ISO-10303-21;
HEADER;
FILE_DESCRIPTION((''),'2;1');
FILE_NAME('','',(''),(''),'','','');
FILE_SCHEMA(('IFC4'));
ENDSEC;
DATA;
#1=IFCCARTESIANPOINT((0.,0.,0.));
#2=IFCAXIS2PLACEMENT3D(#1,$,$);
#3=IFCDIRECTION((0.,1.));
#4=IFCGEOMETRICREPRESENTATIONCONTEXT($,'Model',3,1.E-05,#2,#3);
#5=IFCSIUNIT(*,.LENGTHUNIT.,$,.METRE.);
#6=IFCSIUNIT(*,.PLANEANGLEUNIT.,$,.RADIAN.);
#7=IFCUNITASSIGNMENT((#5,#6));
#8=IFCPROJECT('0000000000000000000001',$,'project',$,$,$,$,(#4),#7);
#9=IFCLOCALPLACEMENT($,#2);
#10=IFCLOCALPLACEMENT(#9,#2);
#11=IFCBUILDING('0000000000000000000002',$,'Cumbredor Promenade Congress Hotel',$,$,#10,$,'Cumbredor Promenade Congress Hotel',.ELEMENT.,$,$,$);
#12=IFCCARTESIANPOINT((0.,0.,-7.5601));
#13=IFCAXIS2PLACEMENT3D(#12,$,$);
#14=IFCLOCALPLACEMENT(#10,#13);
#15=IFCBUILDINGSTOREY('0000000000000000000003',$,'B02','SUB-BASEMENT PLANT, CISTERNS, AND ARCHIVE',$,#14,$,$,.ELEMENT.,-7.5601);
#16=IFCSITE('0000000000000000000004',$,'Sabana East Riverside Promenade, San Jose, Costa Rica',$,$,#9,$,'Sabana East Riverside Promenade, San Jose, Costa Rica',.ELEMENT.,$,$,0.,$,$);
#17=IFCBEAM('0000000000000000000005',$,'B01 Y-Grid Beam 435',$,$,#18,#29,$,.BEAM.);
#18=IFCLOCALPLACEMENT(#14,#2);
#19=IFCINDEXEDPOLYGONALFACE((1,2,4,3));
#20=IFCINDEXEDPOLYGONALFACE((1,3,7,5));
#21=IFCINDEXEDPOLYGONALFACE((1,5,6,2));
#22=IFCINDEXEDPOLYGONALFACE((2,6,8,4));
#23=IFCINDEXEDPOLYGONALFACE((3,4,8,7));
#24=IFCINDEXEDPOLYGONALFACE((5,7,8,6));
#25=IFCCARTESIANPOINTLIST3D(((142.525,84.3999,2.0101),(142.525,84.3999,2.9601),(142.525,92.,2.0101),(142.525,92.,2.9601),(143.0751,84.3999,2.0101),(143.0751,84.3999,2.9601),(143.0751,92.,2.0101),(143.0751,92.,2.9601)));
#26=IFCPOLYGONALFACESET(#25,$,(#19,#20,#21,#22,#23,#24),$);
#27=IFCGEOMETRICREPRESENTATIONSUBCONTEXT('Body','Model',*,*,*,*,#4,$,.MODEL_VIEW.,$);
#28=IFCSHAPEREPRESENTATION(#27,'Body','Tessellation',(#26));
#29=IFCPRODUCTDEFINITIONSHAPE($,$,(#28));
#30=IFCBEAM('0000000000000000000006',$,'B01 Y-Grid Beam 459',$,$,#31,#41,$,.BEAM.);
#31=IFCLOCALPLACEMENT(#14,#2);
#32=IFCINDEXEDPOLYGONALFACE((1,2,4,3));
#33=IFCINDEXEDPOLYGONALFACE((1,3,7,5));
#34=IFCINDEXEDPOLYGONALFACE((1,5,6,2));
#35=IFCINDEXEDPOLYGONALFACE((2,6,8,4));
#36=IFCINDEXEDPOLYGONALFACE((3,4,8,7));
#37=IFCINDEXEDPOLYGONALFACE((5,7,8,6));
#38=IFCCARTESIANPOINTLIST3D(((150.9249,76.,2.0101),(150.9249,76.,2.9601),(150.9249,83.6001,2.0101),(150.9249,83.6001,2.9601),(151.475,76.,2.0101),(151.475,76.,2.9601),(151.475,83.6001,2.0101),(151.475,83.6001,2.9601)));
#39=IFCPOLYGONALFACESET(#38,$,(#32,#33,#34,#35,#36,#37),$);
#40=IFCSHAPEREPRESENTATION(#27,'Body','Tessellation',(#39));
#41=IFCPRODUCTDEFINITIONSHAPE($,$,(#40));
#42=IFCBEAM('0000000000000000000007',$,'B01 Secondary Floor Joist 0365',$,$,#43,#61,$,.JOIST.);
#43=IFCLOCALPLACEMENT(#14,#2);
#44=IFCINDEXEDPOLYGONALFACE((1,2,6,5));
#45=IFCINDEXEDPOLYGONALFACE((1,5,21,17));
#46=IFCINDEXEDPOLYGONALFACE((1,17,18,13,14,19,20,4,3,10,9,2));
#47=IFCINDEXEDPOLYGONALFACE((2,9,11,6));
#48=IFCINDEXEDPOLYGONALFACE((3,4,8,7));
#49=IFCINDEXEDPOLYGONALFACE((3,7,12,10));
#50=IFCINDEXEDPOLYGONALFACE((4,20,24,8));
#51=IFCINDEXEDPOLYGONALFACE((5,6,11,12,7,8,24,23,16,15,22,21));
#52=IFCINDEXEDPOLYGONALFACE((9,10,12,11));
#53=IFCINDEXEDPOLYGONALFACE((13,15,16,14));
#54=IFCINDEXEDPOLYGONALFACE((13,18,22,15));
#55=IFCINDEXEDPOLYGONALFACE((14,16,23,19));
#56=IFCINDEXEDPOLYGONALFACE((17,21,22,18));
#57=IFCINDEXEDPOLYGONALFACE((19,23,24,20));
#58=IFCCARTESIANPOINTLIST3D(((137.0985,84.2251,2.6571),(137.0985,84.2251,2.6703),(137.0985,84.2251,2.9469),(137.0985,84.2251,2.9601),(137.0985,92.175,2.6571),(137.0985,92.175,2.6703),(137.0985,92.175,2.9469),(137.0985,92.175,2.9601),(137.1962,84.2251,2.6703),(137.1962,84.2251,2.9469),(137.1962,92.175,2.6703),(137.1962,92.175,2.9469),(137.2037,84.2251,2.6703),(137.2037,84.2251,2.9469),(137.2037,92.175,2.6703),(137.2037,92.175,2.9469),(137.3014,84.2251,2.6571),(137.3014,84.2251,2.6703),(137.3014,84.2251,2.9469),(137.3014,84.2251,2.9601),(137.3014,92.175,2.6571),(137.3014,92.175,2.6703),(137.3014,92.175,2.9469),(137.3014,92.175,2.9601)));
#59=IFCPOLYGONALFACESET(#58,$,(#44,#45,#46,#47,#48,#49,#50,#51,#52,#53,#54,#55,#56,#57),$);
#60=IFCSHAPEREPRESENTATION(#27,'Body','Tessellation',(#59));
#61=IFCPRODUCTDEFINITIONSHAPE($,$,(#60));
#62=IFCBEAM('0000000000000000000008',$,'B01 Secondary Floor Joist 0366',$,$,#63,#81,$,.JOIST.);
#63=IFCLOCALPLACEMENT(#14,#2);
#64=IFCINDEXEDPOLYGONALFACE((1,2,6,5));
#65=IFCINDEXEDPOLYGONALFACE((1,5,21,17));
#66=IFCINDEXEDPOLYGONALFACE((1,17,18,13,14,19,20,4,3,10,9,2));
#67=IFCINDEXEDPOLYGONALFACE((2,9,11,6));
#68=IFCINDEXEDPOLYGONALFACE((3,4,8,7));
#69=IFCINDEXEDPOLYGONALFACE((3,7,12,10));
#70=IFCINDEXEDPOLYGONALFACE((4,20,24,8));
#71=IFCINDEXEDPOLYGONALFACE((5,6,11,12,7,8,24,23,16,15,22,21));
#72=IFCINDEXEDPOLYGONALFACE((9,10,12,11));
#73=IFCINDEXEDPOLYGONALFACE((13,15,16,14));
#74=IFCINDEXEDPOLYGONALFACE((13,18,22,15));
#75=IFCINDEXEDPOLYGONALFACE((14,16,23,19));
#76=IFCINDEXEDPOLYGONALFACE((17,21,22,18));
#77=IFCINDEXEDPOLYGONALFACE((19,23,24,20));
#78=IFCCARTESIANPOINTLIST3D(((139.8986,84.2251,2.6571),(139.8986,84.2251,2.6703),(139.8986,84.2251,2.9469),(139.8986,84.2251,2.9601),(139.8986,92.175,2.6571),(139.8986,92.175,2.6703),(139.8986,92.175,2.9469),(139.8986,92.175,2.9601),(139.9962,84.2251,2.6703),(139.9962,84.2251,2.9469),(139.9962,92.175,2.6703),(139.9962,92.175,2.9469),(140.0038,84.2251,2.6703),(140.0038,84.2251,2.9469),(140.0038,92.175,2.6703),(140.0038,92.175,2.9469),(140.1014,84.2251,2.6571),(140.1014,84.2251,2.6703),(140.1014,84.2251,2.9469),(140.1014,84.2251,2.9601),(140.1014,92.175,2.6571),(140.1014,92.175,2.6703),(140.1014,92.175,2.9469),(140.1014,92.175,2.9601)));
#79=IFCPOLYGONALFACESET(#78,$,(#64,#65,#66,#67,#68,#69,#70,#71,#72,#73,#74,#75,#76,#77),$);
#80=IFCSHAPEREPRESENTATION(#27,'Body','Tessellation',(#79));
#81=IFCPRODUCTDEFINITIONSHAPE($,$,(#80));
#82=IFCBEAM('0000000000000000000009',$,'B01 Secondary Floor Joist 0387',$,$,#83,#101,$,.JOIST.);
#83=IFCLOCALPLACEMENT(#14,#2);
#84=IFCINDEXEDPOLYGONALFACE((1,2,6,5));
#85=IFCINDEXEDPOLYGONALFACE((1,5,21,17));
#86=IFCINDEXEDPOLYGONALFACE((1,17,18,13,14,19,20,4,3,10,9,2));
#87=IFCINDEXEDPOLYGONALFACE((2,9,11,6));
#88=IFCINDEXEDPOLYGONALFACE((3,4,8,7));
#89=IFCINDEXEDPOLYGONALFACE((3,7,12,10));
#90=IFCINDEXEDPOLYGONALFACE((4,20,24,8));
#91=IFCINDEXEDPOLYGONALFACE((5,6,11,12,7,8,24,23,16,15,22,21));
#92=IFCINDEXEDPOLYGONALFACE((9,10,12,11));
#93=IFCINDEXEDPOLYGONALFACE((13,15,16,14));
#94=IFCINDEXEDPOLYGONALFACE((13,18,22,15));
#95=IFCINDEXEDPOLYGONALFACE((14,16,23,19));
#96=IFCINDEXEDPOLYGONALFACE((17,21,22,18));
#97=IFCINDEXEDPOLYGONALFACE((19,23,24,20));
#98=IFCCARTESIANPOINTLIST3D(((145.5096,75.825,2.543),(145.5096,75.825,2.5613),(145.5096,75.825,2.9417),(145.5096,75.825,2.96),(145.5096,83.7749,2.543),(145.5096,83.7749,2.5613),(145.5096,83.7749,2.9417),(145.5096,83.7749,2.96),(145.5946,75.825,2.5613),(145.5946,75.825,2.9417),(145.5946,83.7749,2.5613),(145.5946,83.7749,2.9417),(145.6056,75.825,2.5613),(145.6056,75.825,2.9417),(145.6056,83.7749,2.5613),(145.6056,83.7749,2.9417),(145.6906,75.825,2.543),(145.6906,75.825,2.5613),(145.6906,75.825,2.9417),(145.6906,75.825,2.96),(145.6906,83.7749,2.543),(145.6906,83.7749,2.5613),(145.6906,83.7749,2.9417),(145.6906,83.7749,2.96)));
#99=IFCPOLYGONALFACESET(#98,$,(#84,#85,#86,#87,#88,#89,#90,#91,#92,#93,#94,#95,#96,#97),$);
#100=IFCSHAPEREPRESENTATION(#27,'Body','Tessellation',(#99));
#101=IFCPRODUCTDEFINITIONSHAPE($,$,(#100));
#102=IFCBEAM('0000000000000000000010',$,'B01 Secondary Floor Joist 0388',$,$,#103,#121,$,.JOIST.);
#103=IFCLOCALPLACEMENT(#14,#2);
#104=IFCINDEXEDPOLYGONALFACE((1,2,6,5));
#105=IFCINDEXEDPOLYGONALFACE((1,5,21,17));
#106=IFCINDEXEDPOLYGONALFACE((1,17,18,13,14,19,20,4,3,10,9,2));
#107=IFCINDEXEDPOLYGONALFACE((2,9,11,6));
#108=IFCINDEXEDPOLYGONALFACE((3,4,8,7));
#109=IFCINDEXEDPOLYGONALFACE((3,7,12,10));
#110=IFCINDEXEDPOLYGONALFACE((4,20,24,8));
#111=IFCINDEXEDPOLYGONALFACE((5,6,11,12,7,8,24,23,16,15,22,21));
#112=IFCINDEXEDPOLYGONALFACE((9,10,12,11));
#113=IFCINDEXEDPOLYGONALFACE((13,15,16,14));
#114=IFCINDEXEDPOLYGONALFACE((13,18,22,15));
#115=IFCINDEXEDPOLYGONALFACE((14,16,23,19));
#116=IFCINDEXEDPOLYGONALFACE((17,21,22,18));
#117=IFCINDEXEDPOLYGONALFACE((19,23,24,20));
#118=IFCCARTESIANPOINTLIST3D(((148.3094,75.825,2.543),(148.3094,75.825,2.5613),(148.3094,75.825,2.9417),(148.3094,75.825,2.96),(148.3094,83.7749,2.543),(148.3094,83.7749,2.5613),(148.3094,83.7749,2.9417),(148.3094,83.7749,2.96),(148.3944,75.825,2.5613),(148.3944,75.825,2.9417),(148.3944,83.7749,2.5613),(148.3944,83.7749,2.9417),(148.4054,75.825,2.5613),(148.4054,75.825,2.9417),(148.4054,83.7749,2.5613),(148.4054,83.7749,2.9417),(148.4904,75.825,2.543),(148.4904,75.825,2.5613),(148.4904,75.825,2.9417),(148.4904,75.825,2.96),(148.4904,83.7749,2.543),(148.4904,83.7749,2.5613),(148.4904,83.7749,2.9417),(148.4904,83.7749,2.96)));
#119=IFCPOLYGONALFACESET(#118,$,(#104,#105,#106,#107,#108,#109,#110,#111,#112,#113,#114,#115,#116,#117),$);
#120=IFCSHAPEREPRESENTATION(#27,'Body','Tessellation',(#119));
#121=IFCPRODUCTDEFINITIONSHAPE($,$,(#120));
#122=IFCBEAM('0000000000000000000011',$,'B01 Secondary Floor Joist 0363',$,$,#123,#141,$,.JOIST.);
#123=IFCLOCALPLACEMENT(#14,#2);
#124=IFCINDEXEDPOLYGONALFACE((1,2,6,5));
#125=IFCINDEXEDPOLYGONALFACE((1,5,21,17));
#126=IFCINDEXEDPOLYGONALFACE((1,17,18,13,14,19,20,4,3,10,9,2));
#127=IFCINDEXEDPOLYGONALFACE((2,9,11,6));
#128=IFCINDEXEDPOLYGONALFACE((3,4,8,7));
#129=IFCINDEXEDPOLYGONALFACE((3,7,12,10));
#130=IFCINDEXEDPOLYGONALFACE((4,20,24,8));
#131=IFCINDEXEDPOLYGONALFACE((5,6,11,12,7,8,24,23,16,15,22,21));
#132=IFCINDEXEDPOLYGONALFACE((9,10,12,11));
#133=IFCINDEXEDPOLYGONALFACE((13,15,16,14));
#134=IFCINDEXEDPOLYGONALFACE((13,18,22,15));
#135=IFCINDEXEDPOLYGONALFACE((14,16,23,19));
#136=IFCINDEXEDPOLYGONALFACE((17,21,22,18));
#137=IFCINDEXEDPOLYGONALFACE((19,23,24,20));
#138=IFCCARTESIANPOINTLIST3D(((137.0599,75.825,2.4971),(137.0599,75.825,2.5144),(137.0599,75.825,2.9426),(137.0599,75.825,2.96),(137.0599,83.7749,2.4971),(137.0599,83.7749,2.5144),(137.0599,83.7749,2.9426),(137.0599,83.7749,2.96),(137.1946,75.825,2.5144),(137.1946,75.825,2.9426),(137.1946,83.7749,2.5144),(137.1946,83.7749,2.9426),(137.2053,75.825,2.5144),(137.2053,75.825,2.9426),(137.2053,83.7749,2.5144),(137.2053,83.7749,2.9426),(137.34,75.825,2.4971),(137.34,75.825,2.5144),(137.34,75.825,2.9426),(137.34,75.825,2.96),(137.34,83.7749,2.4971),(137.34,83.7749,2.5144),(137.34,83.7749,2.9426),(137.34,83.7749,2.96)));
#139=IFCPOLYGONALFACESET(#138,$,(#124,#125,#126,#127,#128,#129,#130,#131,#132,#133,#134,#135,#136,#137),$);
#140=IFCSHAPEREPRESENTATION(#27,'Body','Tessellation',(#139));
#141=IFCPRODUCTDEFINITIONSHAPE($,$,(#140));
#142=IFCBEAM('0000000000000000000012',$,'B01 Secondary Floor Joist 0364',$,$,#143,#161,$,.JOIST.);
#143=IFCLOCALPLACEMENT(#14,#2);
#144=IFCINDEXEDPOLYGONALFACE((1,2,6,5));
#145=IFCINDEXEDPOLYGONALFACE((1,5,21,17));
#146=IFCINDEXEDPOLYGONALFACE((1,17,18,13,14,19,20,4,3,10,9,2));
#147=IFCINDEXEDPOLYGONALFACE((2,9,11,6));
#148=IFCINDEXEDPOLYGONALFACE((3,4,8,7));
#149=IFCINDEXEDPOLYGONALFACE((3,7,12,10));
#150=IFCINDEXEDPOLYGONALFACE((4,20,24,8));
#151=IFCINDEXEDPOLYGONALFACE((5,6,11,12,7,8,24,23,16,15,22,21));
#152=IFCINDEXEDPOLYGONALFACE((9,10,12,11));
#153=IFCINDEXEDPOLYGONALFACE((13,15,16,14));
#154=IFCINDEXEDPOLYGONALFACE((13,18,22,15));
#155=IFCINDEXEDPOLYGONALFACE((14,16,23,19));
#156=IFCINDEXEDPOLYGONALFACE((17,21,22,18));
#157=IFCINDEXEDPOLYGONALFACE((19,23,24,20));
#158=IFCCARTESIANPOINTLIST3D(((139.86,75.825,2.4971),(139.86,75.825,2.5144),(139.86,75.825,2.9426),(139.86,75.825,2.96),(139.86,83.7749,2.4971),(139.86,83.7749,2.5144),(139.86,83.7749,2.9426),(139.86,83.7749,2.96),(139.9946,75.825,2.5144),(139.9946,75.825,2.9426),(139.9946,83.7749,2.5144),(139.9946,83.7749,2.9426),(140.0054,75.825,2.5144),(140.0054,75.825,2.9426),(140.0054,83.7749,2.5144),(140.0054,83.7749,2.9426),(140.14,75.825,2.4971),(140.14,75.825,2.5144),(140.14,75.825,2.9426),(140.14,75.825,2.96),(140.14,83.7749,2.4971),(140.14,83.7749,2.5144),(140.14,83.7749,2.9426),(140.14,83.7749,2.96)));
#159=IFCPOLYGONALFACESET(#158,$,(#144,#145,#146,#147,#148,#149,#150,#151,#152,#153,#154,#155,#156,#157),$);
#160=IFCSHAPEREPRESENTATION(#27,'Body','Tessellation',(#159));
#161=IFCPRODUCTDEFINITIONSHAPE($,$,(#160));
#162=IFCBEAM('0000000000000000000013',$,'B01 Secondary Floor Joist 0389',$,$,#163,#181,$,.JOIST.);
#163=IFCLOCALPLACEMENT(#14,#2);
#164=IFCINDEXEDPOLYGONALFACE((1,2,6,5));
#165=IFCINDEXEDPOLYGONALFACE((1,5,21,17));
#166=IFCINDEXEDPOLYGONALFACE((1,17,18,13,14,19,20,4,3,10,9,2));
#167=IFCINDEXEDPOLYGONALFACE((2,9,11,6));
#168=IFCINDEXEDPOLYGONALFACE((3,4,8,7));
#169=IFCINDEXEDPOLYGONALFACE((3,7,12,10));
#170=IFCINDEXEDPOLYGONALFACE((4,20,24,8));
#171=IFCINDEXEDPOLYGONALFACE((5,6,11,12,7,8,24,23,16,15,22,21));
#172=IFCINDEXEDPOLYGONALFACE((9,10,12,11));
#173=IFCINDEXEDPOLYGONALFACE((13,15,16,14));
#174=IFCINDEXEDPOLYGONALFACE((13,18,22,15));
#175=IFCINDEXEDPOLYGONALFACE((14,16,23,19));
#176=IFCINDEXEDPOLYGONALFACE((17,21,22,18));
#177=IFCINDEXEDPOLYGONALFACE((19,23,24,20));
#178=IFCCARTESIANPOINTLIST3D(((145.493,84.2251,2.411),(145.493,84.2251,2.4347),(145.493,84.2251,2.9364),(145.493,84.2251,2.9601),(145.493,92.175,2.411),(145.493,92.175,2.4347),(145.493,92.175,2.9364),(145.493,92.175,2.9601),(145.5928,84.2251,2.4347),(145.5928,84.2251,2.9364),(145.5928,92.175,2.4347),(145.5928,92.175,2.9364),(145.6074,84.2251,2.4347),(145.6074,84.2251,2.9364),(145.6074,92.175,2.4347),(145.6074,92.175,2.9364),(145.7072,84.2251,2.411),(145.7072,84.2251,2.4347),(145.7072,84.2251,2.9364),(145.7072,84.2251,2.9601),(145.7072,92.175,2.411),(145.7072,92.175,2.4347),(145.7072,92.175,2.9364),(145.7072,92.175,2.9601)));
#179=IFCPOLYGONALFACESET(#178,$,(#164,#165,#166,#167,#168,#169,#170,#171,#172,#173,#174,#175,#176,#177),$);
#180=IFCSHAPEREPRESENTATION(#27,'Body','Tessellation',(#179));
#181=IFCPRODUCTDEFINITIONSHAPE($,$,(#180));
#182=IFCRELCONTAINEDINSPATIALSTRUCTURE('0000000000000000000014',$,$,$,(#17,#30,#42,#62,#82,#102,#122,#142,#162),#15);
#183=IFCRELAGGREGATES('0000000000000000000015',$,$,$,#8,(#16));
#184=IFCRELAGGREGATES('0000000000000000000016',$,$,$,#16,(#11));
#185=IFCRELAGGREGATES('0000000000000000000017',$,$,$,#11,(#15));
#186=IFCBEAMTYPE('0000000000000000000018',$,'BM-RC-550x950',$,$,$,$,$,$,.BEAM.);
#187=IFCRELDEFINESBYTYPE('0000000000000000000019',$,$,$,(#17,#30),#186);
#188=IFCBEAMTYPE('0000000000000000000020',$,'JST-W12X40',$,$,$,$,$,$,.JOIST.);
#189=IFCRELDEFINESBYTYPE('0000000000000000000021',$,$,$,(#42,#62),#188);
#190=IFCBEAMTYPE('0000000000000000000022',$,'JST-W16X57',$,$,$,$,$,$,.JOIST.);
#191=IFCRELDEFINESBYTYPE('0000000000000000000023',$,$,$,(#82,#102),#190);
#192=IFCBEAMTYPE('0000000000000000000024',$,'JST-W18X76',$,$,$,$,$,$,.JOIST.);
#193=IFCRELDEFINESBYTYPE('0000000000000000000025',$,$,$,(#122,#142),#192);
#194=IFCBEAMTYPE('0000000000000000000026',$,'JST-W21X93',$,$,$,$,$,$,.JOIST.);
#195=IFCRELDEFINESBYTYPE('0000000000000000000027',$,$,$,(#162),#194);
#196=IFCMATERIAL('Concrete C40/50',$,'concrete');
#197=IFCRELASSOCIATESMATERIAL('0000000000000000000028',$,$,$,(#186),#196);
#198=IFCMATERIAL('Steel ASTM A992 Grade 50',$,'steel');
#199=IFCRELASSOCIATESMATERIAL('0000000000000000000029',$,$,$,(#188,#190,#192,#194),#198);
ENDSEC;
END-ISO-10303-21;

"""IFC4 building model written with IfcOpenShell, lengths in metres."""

from ifc_helpers import new_model, si_unit, direction, frame, origin, origin_2d, place, context, subcontext, project, spatial, rectangle, i_section, extrude, material, material_profile, profile_set, type_object, element, save


model = new_model("IFC4")

# Units and contexts
model_context = context("Model", 3, precision=1e-05, world=origin(), true_north=direction((0.0, 1.0)))
body_context = subcontext(model_context, "Body", "Model", "MODEL_VIEW")
ifc_project = project(units=[si_unit("LENGTHUNIT", "METRE"), si_unit("PLANEANGLEUNIT", "RADIAN")], contexts=[model_context])

# Site, building, storey
site_placement = place(None, origin())
site = spatial("IfcSite", under=ifc_project, at=site_placement, Name="Sabana East Riverside Promenade, San Jose, Costa Rica", LongName="Sabana East Riverside Promenade, San Jose, Costa Rica", CompositionType="ELEMENT", RefElevation=0.0)
building_placement = place(site_placement, origin())
building = spatial("IfcBuilding", under=site, at=building_placement, Name="Cumbredor Promenade Congress Hotel", LongName="Cumbredor Promenade Congress Hotel", CompositionType="ELEMENT")
storey_placement = place(building_placement, frame((0.0, 0.0, -7.5601)))
storey = spatial("IfcBuildingStorey", under=building, at=storey_placement, Name="B02", Description="SUB-BASEMENT PLANT, CISTERNS, AND ARCHIVE", CompositionType="ELEMENT", Elevation=-7.5601)

# Shared definitions
ifc_material_1 = material(Name="Concrete C40/50", Category="concrete")

# Beams
ifc_material_profile_1 = material_profile(ifc_material_1, rectangle(XDim=0.55, YDim=0.95, at=origin_2d()), Name="RC BEAM 550x950")
ifc_profile_set_1 = profile_set([ifc_material_profile_1], Name="Concrete C40/50")
beam_type_1 = type_object("IfcBeamType", Name="BM-RC-550x950", PredefinedType="BEAM", material=ifc_profile_set_1)
for number, where, z_axis, x_axis, name in (
    (1, (142.8, 84.3999, 2.4851), (0.0, 1.0, 0.0), (-1.0, 0.0, 0.0), "B01 Y-Grid Beam 435"),
    (2, (151.2, 76.0, 2.4851), (0.0, 1.0, 0.0), (-1.0, 0.0, 0.0), "B01 Y-Grid Beam 459"),
):
    element("IfcBeam", number, at=place(storey_placement, frame(where, z_axis=z_axis, x_axis=x_axis)), inside=storey, type_object=beam_type_1, Name=name, PredefinedType="BEAM", context=body_context, shape_type="SweptSolid", body=[
        extrude(rectangle(XDim=0.55, YDim=0.95, at=origin_2d()), origin(), (0.0, 0.0, 1.0), 7.6001),
    ])
ifc_material_2 = material(Name="Steel ASTM A992 Grade 50", Category="steel")
ifc_material_profile_2 = material_profile(ifc_material_2, i_section(OverallWidth=0.2029, OverallDepth=0.303, WebThickness=0.0076, FlangeThickness=0.0132, at=origin_2d()), Name="W12X40")
ifc_profile_set_2 = profile_set([ifc_material_profile_2], Name="Steel ASTM A992 Grade 50")
beam_type_2 = type_object("IfcBeamType", Name="JST-W12X40", PredefinedType="JOIST", material=ifc_profile_set_2)
for number, where, z_axis, x_axis, name in (
    (3, (137.2, 84.2251, 2.8086), (0.0, 1.0, 0.0), (-1.0, 0.0, 0.0), "B01 Secondary Floor Joist 0365"),
    (4, (140.0, 84.2251, 2.8086), (0.0, 1.0, 0.0), (-1.0, 0.0, 0.0), "B01 Secondary Floor Joist 0366"),
):
    element("IfcBeam", number, at=place(storey_placement, frame(where, z_axis=z_axis, x_axis=x_axis)), inside=storey, type_object=beam_type_2, Name=name, PredefinedType="JOIST", context=body_context, shape_type="SweptSolid", body=[
        extrude(i_section(OverallWidth=0.2029, OverallDepth=0.303, WebThickness=0.0076, FlangeThickness=0.0132, at=origin_2d()), origin(), (0.0, 0.0, 1.0), 7.95),
    ])
ifc_material_profile_3 = material_profile(ifc_material_2, i_section(OverallWidth=0.1809, OverallDepth=0.417, WebThickness=0.011, FlangeThickness=0.0183, at=origin_2d()), Name="W16X57")
ifc_profile_set_3 = profile_set([ifc_material_profile_3], Name="Steel ASTM A992 Grade 50")
beam_type_3 = type_object("IfcBeamType", Name="JST-W16X57", PredefinedType="JOIST", material=ifc_profile_set_3)
for number, where, z_axis, x_axis, name in (
    (5, (145.6001, 75.825, 2.7515), (0.0, 1.0, 0.0), (-1.0, 0.0, 0.0), "B01 Secondary Floor Joist 0387"),
    (6, (148.3999, 75.825, 2.7515), (0.0, 1.0, 0.0), (-1.0, 0.0, 0.0), "B01 Secondary Floor Joist 0388"),
):
    element("IfcBeam", number, at=place(storey_placement, frame(where, z_axis=z_axis, x_axis=x_axis)), inside=storey, type_object=beam_type_3, Name=name, PredefinedType="JOIST", context=body_context, shape_type="SweptSolid", body=[
        extrude(i_section(OverallWidth=0.1809, OverallDepth=0.417, WebThickness=0.011, FlangeThickness=0.0183, at=origin_2d()), origin(), (0.0, 0.0, 1.0), 7.95),
    ])
ifc_material_profile_4 = material_profile(ifc_material_2, i_section(OverallWidth=0.28, OverallDepth=0.4629, WebThickness=0.0107, FlangeThickness=0.0173, at=origin_2d()), Name="W18X76")
ifc_profile_set_4 = profile_set([ifc_material_profile_4], Name="Steel ASTM A992 Grade 50")
beam_type_4 = type_object("IfcBeamType", Name="JST-W18X76", PredefinedType="JOIST", material=ifc_profile_set_4)
for number, where, z_axis, x_axis, name in (
    (7, (137.2, 75.825, 2.7285), (0.0, 1.0, 0.0), (-1.0, 0.0, 0.0), "B01 Secondary Floor Joist 0363"),
    (8, (140.0, 75.825, 2.7285), (0.0, 1.0, 0.0), (-1.0, 0.0, 0.0), "B01 Secondary Floor Joist 0364"),
):
    element("IfcBeam", number, at=place(storey_placement, frame(where, z_axis=z_axis, x_axis=x_axis)), inside=storey, type_object=beam_type_4, Name=name, PredefinedType="JOIST", context=body_context, shape_type="SweptSolid", body=[
        extrude(i_section(OverallWidth=0.28, OverallDepth=0.4629, WebThickness=0.0107, FlangeThickness=0.0173, at=origin_2d()), origin(), (0.0, 0.0, 1.0), 7.95),
    ])
ifc_material_profile_5 = material_profile(ifc_material_2, i_section(OverallWidth=0.2141, OverallDepth=0.5491, WebThickness=0.0146, FlangeThickness=0.0237, at=origin_2d()), Name="W21X93")
ifc_profile_set_5 = profile_set([ifc_material_profile_5], Name="Steel ASTM A992 Grade 50")
beam_type_5 = type_object("IfcBeamType", Name="JST-W21X93", PredefinedType="JOIST", material=ifc_profile_set_5)
for number, where, z_axis, x_axis, name in (
    (9, (145.6001, 84.2251, 2.6855), (0.0, 1.0, 0.0), (-1.0, 0.0, 0.0), "B01 Secondary Floor Joist 0389"),
):
    element("IfcBeam", number, at=place(storey_placement, frame(where, z_axis=z_axis, x_axis=x_axis)), inside=storey, type_object=beam_type_5, Name=name, PredefinedType="JOIST", context=body_context, shape_type="SweptSolid", body=[
        extrude(i_section(OverallWidth=0.2141, OverallDepth=0.5491, WebThickness=0.0146, FlangeThickness=0.0237, at=origin_2d()), origin(), (0.0, 0.0, 1.0), 7.95),
    ])

save(model, "model.ifc")
